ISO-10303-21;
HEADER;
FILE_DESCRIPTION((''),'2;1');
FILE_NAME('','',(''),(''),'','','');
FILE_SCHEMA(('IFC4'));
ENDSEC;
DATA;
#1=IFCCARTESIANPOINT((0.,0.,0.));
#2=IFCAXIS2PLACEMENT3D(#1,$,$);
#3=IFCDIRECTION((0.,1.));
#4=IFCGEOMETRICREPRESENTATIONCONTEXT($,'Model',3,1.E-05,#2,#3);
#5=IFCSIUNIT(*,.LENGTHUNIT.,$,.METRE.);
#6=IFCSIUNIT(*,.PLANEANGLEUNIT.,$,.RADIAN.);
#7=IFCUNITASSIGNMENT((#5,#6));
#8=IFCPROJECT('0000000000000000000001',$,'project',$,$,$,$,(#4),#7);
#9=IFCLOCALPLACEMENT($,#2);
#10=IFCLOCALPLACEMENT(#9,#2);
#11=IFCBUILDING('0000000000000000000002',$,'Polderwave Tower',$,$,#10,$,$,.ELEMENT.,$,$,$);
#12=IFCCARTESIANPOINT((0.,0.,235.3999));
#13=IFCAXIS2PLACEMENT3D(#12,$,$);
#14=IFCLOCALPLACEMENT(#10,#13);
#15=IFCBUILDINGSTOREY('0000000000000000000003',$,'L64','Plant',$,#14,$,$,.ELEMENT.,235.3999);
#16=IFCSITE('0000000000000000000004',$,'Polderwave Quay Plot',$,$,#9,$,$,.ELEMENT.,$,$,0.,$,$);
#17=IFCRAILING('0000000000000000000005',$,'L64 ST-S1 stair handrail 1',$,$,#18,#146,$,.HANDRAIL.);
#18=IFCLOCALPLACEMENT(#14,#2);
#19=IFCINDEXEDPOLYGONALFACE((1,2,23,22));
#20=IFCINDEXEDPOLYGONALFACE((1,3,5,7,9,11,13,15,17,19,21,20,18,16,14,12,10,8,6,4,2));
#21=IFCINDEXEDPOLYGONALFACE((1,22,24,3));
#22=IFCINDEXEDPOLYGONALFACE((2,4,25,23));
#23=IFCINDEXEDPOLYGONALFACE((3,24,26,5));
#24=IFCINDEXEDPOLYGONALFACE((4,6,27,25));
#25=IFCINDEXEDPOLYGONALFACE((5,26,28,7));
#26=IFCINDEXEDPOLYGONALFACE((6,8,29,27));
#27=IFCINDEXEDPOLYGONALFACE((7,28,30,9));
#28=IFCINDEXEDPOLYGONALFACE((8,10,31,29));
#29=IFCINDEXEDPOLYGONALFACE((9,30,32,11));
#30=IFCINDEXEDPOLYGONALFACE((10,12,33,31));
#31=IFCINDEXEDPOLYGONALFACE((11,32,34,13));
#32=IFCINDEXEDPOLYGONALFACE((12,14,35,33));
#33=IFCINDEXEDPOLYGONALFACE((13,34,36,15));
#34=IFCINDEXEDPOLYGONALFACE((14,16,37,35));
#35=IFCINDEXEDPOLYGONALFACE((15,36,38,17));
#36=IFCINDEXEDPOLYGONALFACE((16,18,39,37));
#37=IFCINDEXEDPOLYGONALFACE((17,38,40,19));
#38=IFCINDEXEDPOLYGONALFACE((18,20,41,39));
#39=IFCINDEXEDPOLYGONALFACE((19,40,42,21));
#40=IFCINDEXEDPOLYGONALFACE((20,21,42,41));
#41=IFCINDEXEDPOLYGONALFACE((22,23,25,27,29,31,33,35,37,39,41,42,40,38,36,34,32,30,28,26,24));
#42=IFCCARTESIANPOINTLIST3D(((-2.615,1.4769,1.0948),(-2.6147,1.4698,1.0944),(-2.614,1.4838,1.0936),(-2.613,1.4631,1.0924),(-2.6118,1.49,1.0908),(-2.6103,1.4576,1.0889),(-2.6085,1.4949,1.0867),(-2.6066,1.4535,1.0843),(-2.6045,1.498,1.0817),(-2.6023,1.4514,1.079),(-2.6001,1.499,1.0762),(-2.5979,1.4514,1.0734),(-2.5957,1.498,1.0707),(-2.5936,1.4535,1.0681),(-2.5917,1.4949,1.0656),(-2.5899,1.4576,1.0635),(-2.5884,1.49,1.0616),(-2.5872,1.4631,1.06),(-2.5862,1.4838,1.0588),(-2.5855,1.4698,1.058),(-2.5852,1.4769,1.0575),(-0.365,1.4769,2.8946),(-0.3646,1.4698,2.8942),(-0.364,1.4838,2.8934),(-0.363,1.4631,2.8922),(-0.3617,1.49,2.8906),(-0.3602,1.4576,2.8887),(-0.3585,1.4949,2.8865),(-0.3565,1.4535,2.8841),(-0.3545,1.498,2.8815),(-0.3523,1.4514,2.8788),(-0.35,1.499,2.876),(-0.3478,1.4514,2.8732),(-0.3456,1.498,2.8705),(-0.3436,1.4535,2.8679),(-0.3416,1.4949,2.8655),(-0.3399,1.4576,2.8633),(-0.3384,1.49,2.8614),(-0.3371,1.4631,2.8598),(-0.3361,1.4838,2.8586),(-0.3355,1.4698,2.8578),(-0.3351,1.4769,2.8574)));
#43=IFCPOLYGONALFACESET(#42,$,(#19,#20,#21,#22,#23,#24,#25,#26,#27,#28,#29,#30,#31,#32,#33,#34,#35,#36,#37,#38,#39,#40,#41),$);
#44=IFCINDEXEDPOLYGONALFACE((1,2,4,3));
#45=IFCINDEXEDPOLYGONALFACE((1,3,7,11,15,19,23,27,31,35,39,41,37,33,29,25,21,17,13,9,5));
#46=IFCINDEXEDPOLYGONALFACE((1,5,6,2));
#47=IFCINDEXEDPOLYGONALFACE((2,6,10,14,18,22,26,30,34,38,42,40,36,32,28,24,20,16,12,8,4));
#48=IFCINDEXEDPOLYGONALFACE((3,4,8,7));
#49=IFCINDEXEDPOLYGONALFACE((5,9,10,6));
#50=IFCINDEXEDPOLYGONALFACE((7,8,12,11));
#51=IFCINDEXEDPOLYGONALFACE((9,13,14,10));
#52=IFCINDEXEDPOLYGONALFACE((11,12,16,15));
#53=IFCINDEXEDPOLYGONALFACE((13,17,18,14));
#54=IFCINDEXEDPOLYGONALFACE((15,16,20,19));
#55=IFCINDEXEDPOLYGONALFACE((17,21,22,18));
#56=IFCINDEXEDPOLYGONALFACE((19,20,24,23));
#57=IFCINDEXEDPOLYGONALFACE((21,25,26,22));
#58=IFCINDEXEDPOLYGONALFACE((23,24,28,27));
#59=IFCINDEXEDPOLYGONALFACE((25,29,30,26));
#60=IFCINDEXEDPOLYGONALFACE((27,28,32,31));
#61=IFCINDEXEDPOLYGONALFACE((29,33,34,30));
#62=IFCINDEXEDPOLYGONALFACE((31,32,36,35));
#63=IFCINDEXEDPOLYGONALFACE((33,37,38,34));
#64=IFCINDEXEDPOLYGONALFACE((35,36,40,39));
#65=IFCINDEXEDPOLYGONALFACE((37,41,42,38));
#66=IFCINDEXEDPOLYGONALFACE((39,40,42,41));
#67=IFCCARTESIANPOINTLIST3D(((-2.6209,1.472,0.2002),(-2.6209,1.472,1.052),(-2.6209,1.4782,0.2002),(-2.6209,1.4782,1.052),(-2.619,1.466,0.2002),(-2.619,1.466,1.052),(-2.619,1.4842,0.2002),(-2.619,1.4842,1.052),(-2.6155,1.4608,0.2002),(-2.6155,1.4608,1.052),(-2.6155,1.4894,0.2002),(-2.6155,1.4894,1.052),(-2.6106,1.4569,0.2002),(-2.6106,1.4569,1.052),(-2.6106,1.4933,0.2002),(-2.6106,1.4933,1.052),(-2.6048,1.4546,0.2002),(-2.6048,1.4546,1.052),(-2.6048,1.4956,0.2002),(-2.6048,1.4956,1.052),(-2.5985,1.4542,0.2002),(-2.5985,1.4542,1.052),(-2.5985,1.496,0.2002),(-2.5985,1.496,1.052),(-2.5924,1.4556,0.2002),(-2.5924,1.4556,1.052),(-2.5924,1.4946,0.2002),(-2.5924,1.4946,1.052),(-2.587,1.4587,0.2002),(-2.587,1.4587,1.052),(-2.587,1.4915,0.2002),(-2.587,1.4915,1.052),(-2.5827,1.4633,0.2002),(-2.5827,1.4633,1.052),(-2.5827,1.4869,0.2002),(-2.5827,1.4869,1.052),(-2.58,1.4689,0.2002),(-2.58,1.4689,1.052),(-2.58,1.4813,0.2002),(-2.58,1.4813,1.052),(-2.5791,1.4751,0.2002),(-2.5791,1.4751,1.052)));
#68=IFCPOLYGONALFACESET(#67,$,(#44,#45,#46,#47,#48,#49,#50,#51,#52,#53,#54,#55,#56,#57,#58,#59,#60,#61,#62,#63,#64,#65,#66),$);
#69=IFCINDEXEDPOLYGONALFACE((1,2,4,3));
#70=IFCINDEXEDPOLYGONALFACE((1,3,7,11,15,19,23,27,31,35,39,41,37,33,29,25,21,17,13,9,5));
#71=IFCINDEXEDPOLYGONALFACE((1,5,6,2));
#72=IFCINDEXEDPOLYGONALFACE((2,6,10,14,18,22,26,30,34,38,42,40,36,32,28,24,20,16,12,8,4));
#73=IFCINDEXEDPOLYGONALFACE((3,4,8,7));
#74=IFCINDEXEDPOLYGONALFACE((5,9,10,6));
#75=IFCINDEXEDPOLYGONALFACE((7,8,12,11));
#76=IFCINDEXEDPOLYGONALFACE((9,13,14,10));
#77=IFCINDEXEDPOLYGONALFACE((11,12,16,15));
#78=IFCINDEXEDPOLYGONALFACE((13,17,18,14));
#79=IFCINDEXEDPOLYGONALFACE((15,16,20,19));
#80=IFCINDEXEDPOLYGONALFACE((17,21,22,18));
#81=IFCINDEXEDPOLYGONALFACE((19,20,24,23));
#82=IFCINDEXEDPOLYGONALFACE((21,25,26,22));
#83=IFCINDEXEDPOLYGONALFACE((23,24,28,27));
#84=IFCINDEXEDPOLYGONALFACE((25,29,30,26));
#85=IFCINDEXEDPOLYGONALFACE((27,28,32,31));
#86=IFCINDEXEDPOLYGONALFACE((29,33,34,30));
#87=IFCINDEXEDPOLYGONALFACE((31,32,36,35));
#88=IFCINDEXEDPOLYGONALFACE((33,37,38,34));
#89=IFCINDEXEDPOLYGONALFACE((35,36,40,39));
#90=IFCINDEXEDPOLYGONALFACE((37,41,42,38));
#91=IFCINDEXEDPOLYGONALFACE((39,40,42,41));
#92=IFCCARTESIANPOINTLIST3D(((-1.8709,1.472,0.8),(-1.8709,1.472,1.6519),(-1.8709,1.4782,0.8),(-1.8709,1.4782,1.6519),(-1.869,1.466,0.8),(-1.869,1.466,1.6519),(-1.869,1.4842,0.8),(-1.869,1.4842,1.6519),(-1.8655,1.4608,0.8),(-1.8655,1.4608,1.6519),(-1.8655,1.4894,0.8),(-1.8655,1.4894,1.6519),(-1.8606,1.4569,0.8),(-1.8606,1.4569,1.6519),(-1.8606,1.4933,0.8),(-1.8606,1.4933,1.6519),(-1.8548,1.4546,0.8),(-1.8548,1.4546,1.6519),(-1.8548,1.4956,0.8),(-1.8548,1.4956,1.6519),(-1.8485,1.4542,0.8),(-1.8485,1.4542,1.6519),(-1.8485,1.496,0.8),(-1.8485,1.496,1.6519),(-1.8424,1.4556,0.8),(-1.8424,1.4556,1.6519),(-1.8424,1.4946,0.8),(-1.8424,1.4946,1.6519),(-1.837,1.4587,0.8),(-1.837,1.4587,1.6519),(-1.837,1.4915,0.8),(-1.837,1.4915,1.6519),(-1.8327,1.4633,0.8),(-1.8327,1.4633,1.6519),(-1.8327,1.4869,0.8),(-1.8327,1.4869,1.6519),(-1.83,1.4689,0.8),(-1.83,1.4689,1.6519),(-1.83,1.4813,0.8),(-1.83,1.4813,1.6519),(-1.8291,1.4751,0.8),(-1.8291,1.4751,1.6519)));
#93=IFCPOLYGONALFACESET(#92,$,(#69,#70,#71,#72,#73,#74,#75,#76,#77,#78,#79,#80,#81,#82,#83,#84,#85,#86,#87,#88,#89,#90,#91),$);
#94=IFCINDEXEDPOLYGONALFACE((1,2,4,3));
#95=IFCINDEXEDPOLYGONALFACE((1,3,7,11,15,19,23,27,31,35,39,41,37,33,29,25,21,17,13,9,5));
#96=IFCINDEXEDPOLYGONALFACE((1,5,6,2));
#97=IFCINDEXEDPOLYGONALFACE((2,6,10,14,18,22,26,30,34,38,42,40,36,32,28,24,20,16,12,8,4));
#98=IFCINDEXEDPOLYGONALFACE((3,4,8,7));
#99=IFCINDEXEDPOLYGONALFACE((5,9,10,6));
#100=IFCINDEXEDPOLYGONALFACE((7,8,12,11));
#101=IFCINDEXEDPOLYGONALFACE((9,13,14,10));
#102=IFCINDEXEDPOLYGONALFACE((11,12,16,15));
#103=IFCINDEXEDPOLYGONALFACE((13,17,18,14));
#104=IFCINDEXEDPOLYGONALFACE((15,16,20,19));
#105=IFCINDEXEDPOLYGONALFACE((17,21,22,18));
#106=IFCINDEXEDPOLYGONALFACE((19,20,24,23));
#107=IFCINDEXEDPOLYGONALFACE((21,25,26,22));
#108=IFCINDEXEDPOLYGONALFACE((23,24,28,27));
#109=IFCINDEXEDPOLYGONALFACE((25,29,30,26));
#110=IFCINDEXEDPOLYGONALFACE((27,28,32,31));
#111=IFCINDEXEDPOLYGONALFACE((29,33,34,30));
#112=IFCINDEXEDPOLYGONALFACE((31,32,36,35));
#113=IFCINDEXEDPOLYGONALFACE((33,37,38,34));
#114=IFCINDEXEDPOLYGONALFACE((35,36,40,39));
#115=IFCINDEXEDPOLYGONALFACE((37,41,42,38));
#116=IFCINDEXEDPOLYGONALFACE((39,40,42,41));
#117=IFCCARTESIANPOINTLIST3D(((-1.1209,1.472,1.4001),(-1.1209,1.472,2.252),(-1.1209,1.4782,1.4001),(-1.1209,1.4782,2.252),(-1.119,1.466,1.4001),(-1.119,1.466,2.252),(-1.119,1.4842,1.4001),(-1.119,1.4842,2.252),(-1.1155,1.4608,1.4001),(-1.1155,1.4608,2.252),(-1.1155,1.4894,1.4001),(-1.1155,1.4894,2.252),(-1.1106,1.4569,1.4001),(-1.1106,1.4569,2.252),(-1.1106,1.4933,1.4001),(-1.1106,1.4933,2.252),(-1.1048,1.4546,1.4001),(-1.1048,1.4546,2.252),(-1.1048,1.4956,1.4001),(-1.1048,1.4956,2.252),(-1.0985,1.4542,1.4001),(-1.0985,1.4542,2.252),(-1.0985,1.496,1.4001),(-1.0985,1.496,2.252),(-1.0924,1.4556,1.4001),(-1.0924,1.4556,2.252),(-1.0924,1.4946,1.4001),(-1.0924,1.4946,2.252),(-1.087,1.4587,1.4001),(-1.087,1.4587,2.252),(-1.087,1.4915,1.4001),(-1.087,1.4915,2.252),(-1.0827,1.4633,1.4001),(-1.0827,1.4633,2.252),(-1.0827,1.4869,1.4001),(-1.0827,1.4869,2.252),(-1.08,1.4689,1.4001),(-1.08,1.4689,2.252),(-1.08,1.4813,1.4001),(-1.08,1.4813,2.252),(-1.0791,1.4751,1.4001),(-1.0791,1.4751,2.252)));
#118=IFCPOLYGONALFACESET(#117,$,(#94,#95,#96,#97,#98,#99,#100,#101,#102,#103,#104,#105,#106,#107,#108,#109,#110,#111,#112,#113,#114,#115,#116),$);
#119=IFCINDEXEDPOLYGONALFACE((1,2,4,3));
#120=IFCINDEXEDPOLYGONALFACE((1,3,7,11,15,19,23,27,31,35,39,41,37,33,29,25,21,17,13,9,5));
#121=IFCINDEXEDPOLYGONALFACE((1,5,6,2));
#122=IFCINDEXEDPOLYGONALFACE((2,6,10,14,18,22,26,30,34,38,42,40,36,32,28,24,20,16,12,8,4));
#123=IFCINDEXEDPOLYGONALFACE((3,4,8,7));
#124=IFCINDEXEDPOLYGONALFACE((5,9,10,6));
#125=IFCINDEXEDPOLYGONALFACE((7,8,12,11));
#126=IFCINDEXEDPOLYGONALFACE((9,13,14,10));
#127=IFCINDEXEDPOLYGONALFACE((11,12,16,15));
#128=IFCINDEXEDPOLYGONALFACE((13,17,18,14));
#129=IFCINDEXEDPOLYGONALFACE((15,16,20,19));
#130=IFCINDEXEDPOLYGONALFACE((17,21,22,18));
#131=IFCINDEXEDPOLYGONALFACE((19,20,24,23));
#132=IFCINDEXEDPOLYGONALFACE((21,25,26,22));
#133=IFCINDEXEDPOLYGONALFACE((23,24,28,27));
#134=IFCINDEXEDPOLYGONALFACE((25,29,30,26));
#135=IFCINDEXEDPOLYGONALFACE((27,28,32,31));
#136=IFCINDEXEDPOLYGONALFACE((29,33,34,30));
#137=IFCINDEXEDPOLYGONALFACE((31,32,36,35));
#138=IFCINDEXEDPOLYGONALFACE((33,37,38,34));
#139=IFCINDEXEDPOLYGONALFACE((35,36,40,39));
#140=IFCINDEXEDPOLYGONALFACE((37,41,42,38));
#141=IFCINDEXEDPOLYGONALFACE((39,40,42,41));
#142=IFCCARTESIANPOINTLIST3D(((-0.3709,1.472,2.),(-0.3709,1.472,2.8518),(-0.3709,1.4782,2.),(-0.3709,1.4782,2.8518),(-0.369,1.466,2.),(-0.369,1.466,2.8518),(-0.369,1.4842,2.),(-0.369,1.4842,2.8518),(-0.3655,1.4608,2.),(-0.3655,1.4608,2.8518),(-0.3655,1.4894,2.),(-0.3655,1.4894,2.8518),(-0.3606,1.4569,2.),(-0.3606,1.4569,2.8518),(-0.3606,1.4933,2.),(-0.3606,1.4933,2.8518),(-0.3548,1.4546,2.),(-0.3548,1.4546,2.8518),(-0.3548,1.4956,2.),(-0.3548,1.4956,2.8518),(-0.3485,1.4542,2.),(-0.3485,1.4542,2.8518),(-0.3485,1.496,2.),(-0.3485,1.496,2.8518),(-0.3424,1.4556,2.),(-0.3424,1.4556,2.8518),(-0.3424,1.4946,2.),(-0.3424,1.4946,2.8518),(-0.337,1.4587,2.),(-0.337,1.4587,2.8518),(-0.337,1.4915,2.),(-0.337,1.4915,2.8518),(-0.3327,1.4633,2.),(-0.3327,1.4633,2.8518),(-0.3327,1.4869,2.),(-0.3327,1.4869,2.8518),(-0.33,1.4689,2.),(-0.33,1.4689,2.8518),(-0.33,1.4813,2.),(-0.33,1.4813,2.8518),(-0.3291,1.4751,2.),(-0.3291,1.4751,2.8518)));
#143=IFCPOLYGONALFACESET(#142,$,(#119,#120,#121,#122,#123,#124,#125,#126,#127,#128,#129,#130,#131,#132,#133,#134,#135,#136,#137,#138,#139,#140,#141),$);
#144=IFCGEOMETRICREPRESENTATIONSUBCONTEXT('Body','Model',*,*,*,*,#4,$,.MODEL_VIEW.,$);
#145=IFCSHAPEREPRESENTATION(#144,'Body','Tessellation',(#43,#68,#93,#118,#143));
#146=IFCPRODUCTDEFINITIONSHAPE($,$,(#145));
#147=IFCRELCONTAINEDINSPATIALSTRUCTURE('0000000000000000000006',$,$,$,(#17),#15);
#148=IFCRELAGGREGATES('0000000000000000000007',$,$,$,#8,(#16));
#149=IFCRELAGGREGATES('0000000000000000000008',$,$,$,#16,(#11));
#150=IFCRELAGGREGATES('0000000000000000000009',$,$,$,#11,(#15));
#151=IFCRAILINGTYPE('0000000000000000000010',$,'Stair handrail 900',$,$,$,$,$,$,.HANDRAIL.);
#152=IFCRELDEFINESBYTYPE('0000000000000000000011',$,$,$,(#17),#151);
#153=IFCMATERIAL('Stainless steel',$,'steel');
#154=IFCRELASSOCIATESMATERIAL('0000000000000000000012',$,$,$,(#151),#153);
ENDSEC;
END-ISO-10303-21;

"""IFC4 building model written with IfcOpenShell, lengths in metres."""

from ifc_helpers import new_model, si_unit, direction, frame, origin, origin_2d, place, context, subcontext, project, spatial, circle, extrude, material, type_object, element, save


model = new_model("IFC4")

# Units and contexts
model_context = context("Model", 3, precision=1e-05, world=origin(), true_north=direction((0.0, 1.0)))
body_context = subcontext(model_context, "Body", "Model", "MODEL_VIEW")
ifc_project = project(units=[si_unit("LENGTHUNIT", "METRE"), si_unit("PLANEANGLEUNIT", "RADIAN")], contexts=[model_context])

# Site, building, storey
site_placement = place(None, origin())
site = spatial("IfcSite", under=ifc_project, at=site_placement, Name="Polderwave Quay Plot", CompositionType="ELEMENT", RefElevation=0.0)
building_placement = place(site_placement, origin())
building = spatial("IfcBuilding", under=site, at=building_placement, Name="Polderwave Tower", CompositionType="ELEMENT")
storey_placement = place(building_placement, frame((0.0, 0.0, 235.3999)))
storey = spatial("IfcBuildingStorey", under=building, at=storey_placement, Name="L64", Description="Plant", CompositionType="ELEMENT", Elevation=235.3999)

# Railing
ifc_material_1 = material(Name="Stainless steel", Category="steel")
railing_type_1 = type_object("IfcRailingType", Name="Stair handrail 900", PredefinedType="HANDRAIL", material=ifc_material_1)
railing_1_placement = place(storey_placement, frame((-2.6001, 1.4751, 0.2002)))
element("IfcRailing", 1, at=railing_1_placement, inside=storey, type_object=railing_type_1, Name="L64 ST-S1 stair handrail 1", PredefinedType="HANDRAIL", context=body_context, shape_type="SweptSolid", body=[
    extrude(circle(Radius=0.0239, at=origin_2d()), frame((0.0, 0.0, 0.876), z_axis=(0.780902, 0.0, 0.624654), x_axis=(0.0, 1.0, 0.0)), (0.0, 0.0, 1.0), 2.8813),
    extrude(circle(Radius=0.021, at=origin_2d()), origin(), (0.0, 0.0, 1.0), 0.8518),
    extrude(circle(Radius=0.021, at=origin_2d()), frame((0.75, 0.0, 0.5999)), (0.0, 0.0, 1.0), 0.8518),
    extrude(circle(Radius=0.021, at=origin_2d()), frame((1.5, 0.0, 1.2)), (0.0, 0.0, 1.0), 0.8518),
    extrude(circle(Radius=0.021, at=origin_2d()), frame((2.25, 0.0, 1.7998)), (0.0, 0.0, 1.0), 0.8518),
])

save(model, "model.ifc")
